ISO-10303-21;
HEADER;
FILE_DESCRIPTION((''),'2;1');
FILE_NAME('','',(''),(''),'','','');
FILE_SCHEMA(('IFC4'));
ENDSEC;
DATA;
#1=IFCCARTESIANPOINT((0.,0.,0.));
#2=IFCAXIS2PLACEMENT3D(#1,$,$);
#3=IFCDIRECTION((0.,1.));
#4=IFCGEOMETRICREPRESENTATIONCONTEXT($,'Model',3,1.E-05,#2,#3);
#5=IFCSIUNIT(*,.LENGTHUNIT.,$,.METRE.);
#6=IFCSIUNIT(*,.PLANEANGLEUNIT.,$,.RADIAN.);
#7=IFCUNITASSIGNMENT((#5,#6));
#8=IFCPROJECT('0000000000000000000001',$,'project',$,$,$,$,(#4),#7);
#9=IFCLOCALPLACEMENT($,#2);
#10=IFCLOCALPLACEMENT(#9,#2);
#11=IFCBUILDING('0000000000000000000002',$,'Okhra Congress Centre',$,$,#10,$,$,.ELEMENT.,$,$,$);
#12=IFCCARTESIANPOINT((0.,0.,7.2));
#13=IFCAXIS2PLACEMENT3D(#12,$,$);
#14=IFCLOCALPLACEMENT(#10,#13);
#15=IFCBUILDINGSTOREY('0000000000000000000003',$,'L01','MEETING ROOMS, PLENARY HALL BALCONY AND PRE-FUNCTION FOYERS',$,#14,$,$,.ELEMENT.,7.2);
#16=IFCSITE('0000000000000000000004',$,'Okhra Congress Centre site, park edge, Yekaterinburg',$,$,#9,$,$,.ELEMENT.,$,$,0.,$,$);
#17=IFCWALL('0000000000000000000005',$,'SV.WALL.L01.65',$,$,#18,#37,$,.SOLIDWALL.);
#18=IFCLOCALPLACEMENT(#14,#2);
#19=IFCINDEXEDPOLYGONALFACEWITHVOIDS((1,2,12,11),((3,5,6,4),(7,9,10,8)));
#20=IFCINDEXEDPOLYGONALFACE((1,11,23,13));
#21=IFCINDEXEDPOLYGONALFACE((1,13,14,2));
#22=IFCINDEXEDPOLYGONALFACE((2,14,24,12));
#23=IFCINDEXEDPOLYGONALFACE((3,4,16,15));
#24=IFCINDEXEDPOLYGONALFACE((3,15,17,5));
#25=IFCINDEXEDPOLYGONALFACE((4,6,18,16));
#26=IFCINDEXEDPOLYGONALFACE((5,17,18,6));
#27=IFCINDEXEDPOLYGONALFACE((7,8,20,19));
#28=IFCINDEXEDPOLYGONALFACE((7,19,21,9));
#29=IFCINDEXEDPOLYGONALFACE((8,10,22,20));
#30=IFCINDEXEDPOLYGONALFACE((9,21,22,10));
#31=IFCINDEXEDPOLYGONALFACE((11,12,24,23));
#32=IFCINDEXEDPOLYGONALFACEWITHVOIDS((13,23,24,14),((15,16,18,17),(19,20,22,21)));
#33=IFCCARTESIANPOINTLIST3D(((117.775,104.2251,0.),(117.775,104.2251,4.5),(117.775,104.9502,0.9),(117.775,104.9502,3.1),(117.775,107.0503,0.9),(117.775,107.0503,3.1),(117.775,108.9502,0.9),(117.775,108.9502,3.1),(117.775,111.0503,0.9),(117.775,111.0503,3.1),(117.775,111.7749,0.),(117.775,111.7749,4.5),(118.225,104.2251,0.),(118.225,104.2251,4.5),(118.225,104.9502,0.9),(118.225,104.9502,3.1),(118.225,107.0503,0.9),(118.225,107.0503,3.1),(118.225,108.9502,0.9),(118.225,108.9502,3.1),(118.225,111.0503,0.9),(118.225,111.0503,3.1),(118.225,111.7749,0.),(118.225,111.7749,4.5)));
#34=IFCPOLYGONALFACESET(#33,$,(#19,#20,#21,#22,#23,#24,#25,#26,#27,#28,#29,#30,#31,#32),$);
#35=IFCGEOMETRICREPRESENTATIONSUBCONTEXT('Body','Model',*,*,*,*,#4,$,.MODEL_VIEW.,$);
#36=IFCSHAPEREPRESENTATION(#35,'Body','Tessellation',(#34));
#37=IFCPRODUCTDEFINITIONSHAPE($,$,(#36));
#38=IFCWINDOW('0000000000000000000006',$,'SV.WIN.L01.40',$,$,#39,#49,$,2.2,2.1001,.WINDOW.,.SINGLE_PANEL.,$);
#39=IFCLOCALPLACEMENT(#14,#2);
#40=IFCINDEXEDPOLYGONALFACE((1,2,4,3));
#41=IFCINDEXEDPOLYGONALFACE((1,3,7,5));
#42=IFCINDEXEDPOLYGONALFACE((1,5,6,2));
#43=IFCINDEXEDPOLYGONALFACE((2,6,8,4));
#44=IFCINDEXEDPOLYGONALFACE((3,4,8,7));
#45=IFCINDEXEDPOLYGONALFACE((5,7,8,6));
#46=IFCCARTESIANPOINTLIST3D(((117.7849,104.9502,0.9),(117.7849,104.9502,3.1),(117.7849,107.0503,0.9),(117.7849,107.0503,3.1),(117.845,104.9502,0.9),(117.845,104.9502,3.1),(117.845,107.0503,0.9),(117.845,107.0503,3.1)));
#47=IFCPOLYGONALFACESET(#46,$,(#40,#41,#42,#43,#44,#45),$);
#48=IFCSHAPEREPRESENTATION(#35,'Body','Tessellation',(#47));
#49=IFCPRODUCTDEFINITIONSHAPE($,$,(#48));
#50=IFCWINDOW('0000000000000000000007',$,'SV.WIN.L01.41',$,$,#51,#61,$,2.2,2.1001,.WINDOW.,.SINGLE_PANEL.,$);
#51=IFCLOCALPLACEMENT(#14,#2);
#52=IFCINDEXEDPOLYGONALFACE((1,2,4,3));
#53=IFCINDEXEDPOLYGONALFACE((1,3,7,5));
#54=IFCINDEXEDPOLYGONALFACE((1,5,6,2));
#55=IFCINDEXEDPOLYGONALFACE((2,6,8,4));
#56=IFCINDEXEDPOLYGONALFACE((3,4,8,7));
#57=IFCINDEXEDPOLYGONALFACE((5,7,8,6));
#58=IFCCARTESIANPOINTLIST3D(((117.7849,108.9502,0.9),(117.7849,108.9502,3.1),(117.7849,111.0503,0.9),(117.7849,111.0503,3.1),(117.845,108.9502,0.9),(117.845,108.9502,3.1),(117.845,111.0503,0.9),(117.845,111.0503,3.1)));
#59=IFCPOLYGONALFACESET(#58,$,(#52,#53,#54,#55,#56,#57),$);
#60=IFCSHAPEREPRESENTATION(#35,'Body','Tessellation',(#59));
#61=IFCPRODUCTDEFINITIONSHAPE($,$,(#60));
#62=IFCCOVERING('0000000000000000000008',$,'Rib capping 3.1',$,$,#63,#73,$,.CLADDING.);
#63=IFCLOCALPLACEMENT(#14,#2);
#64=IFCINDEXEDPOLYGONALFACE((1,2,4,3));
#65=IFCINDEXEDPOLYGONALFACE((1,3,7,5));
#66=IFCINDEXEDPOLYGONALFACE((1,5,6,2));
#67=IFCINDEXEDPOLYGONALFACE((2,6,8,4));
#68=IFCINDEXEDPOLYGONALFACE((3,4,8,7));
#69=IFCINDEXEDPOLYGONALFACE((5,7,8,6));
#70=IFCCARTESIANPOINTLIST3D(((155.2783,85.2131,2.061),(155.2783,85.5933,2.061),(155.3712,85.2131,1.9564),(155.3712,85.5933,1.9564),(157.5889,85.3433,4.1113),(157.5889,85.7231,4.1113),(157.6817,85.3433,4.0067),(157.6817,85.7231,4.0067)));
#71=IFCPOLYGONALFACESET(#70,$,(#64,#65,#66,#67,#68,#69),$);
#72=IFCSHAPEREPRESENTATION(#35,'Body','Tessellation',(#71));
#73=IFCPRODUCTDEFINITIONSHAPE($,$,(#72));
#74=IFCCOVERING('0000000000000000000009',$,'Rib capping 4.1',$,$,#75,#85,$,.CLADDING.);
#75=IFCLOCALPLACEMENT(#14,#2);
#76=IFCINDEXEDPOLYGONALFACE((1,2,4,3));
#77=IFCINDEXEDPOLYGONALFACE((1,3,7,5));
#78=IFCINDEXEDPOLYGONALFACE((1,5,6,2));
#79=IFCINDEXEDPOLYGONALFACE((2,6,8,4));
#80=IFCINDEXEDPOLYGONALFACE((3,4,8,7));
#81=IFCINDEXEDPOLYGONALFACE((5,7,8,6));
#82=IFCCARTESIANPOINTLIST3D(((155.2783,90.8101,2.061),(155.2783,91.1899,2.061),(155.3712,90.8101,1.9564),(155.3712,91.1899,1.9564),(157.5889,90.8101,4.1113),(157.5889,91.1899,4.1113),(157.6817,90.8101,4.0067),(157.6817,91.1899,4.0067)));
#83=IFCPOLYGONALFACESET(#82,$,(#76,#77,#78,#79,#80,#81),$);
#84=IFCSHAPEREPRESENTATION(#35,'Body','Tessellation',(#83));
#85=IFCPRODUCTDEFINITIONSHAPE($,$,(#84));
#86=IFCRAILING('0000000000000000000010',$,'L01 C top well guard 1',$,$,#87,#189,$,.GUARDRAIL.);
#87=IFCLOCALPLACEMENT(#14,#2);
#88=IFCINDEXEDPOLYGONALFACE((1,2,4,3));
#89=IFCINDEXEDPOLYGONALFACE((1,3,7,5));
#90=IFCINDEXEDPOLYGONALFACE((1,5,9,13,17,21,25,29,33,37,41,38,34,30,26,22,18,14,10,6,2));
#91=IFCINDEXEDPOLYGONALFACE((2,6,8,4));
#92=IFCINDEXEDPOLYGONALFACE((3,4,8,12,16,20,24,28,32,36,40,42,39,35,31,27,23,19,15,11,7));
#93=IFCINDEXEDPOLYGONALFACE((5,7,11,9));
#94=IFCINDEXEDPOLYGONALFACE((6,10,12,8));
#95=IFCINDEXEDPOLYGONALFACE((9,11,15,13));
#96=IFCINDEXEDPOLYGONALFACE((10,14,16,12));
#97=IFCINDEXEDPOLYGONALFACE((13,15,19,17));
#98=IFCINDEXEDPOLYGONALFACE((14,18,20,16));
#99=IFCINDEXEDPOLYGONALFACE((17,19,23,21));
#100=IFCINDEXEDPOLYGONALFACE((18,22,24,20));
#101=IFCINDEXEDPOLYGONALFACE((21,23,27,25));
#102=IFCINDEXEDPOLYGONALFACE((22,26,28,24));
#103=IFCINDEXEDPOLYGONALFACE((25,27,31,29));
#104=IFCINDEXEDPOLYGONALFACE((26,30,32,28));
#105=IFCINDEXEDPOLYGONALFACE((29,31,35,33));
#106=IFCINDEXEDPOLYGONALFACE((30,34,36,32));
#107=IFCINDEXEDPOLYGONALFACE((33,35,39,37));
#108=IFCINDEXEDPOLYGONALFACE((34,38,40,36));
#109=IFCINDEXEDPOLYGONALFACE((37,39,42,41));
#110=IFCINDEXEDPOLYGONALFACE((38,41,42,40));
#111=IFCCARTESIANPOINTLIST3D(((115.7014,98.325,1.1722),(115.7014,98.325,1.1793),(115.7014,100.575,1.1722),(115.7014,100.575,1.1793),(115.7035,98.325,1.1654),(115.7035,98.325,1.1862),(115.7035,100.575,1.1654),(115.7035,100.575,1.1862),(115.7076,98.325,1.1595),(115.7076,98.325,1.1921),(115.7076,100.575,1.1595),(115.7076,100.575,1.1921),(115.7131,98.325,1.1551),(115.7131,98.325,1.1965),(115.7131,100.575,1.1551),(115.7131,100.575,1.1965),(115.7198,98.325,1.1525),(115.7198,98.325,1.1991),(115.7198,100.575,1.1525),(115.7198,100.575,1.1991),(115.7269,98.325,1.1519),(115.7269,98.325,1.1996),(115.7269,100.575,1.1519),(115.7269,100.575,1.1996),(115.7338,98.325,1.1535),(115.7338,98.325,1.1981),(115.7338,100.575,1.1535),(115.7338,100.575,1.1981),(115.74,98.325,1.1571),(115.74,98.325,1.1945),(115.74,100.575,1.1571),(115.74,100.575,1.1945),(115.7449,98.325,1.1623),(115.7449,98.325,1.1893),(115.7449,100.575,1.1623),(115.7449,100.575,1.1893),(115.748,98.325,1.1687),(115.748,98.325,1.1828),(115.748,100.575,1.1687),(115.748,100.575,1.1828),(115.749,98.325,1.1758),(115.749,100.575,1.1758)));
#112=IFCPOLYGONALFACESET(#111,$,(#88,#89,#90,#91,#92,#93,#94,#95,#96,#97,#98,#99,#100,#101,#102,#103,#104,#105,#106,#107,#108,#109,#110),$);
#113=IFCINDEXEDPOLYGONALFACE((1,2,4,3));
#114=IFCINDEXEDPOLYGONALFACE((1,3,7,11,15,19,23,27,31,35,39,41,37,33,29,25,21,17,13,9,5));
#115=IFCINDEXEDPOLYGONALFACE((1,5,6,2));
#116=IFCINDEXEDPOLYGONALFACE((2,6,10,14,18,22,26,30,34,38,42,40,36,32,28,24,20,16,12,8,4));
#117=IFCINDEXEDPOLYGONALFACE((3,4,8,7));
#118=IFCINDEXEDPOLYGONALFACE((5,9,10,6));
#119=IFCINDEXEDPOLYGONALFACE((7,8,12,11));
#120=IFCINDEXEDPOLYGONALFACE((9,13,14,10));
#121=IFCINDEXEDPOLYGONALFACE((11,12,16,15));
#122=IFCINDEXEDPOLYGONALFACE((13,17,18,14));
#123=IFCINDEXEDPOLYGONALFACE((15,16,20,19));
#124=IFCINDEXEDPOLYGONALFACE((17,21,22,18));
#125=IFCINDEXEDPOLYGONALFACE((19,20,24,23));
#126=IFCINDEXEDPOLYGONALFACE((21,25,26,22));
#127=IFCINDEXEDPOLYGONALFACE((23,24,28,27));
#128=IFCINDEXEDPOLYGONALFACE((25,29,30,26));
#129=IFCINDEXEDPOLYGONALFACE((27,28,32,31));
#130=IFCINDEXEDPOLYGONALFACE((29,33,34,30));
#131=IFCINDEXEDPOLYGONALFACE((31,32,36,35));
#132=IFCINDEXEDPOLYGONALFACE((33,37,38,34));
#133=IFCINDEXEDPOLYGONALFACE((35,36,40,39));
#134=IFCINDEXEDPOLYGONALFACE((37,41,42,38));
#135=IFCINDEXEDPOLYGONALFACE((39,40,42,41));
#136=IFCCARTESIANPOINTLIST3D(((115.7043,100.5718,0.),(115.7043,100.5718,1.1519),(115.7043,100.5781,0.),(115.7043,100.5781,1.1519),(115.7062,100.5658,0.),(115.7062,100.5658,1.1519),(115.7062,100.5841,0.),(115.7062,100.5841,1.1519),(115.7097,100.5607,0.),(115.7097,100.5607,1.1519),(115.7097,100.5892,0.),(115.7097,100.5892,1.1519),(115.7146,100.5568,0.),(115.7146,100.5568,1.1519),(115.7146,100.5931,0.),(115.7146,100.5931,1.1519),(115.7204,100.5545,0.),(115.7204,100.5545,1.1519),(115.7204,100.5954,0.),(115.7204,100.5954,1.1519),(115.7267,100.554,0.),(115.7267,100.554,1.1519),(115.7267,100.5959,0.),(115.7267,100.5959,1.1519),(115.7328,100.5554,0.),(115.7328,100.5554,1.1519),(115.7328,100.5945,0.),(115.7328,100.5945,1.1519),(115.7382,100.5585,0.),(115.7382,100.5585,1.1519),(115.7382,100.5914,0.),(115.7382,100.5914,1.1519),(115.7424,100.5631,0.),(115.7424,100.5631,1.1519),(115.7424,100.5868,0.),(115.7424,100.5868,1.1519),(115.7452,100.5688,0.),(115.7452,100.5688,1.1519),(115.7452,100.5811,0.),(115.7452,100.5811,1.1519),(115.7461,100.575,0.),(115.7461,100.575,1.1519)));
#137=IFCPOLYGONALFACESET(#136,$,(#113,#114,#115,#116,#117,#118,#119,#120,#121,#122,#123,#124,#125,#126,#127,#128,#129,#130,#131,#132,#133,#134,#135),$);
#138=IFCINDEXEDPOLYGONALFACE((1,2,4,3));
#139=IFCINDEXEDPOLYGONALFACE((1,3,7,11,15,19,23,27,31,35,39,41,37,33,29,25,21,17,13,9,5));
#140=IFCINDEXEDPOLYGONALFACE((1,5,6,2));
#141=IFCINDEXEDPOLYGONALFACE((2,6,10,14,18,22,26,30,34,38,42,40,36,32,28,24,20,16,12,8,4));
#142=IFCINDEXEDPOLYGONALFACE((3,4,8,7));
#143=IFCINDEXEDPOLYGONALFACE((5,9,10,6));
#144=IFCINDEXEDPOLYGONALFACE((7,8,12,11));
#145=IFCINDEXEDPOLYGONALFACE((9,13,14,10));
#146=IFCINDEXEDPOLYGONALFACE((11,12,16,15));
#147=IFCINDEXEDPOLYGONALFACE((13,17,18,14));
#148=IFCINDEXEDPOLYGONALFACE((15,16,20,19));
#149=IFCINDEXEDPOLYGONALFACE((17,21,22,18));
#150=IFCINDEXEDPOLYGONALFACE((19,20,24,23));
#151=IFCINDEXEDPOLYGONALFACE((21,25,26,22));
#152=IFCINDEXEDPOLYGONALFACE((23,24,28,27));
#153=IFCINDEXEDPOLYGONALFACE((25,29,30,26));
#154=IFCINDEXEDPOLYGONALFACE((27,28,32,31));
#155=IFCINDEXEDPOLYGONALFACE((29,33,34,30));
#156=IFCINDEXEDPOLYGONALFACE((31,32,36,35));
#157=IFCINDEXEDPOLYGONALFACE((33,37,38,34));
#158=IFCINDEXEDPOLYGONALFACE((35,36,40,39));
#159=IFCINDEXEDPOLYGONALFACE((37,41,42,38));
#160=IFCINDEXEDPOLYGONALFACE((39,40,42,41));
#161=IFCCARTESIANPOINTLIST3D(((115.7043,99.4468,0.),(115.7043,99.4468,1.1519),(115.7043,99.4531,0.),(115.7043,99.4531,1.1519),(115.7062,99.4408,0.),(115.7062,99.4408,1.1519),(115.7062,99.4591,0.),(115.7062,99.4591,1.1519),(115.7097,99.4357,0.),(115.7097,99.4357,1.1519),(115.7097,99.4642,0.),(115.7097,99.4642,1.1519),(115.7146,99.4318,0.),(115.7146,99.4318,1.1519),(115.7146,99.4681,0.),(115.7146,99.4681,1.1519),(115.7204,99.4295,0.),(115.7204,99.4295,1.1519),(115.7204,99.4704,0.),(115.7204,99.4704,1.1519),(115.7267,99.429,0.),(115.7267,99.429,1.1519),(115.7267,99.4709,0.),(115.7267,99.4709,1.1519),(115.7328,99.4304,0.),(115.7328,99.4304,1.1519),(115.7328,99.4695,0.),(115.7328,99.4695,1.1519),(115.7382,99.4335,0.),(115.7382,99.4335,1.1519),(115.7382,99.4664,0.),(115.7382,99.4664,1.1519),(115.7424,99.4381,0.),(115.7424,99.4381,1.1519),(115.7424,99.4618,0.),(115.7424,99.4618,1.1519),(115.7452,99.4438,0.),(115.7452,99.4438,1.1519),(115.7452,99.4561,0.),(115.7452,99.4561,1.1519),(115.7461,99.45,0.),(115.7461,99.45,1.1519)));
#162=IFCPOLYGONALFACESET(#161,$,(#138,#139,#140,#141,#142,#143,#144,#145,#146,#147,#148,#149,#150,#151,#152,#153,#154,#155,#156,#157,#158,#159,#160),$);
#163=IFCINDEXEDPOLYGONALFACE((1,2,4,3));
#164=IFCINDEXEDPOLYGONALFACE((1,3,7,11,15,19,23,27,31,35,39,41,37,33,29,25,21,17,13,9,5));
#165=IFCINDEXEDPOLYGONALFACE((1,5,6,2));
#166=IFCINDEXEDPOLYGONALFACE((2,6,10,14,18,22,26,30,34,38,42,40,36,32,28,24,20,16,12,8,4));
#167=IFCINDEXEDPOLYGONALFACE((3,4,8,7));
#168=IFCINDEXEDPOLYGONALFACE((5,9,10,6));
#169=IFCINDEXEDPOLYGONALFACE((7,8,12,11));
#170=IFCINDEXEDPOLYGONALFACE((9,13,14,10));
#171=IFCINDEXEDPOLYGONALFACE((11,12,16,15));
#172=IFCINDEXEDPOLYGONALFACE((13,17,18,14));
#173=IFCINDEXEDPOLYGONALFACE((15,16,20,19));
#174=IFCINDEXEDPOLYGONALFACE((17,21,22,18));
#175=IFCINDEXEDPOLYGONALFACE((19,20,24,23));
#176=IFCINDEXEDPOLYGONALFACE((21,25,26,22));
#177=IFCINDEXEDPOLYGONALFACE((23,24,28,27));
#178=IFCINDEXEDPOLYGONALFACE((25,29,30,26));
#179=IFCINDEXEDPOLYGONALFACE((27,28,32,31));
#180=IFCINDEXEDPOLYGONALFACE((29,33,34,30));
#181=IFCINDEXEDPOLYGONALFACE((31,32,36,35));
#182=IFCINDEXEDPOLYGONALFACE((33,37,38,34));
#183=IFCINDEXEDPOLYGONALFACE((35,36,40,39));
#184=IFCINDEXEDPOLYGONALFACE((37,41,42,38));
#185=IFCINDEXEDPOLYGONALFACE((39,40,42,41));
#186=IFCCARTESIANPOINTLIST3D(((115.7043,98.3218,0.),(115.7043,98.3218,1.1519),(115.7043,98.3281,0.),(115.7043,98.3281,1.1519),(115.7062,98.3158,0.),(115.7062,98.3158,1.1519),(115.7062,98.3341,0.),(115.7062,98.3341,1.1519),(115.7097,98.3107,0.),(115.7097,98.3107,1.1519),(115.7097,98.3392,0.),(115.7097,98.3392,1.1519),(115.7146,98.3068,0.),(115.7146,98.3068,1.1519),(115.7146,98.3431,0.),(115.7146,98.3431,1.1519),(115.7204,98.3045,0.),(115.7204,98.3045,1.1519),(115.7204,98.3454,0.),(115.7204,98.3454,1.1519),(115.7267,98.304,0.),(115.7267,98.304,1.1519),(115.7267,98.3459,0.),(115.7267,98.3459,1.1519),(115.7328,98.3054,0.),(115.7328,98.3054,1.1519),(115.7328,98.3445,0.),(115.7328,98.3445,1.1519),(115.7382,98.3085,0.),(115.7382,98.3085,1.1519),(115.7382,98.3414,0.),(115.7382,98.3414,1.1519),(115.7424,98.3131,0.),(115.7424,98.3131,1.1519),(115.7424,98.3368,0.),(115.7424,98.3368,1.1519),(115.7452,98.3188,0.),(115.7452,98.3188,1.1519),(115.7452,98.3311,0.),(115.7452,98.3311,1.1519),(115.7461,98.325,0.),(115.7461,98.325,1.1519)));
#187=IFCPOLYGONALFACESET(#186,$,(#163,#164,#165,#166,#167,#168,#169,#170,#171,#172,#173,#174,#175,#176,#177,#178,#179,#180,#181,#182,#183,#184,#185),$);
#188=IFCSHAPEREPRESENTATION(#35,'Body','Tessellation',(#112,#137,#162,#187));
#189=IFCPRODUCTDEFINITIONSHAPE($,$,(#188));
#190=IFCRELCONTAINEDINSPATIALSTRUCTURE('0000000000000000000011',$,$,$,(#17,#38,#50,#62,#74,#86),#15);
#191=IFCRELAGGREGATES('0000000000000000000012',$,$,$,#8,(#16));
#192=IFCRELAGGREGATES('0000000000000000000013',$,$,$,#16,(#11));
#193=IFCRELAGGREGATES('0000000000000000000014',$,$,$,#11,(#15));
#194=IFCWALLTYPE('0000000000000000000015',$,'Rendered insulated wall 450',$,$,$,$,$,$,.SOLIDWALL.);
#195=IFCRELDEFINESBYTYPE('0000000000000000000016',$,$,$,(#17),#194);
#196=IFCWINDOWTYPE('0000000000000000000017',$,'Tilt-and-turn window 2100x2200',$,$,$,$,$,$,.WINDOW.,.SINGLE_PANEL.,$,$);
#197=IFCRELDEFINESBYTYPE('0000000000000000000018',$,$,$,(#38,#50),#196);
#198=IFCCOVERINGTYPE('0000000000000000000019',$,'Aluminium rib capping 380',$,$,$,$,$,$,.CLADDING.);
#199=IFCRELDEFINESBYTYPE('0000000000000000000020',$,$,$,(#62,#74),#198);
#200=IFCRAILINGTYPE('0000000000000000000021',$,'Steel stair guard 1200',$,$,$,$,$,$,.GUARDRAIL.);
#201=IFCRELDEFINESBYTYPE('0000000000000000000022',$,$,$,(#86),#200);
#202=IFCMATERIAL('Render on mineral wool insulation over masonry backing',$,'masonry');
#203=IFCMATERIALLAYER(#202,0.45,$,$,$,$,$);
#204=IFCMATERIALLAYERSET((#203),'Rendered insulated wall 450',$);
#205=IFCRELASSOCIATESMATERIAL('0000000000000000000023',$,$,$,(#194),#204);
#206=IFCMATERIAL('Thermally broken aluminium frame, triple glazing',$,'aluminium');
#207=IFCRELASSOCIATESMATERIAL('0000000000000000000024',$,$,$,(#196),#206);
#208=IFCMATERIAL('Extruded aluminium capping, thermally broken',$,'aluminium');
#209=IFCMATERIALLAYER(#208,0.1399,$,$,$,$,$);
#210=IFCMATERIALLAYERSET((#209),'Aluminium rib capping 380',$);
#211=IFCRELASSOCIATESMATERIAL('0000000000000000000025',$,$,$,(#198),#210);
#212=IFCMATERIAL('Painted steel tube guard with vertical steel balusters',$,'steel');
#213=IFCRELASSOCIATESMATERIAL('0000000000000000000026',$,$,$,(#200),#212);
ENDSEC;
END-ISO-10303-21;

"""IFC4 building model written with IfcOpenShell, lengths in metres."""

from ifc_helpers import new_model, si_unit, direction, frame, frame_2d, origin, origin_2d, place, context, subcontext, project, spatial, polyline, rectangle, circle, outline, extrude, material, layer, layer_set, type_object, element, fill, save


model = new_model("IFC4")

# Units and contexts
model_context = context("Model", 3, precision=1e-05, world=origin(), true_north=direction((0.0, 1.0)))
body_context = subcontext(model_context, "Body", "Model", "MODEL_VIEW")
ifc_project = project(units=[si_unit("LENGTHUNIT", "METRE"), si_unit("PLANEANGLEUNIT", "RADIAN")], contexts=[model_context])

# Site, building, storey
site_placement = place(None, origin())
site = spatial("IfcSite", under=ifc_project, at=site_placement, Name="Okhra Congress Centre site, park edge, Yekaterinburg", CompositionType="ELEMENT", RefElevation=0.0)
building_placement = place(site_placement, origin())
building = spatial("IfcBuilding", under=site, at=building_placement, Name="Okhra Congress Centre", CompositionType="ELEMENT")
storey_placement = place(building_placement, frame((0.0, 0.0, 7.2)))
storey = spatial("IfcBuildingStorey", under=building, at=storey_placement, Name="L01", Description="MEETING ROOMS, PLENARY HALL BALCONY AND PRE-FUNCTION FOYERS", CompositionType="ELEMENT", Elevation=7.2)

# Wall, openings, windows
ifc_material_1 = material(Name="Render on mineral wool insulation over masonry backing", Category="masonry")
ifc_layer_1 = layer(ifc_material_1, 0.45)
ifc_layer_set_1 = layer_set([ifc_layer_1], Name="Rendered insulated wall 450")
wall_type_1 = type_object("IfcWallType", Name="Rendered insulated wall 450", PredefinedType="SOLIDWALL", material=ifc_layer_set_1)
wall_1_placement = place(storey_placement, frame((118.0, 104.2251, 0.0), z_axis=(0.0, 0.0, 1.0), x_axis=(0.0, 1.0, 0.0)))
wall_1 = element("IfcWall", 1, at=wall_1_placement, inside=storey, type_object=wall_type_1, Name="SV.WALL.L01.65", PredefinedType="SOLIDWALL", context=body_context, shape_type="SweptSolid", body=[
    extrude(rectangle(XDim=7.5498, YDim=0.45, at=frame_2d((3.7749, 0.0))), origin(), (0.0, 0.0, 1.0), 4.5),
])
opening_1_placement = place(wall_1_placement, frame((0.7251, 0.0, 0.8999)))
opening_1 = element("IfcOpeningElement", 2, at=opening_1_placement, cuts=wall_1, PredefinedType="OPENING", context=body_context, shape_type="SweptSolid", body=[
    extrude(rectangle(XDim=2.1001, YDim=2.2, at=frame_2d((1.05, 1.1001))), frame((0.0, 0.2349, 0.0), z_axis=(0.0, -1.0, 0.0), x_axis=(1.0, 0.0, 0.0)), (0.0, 0.0, 1.0), 0.47),
])
opening_2_placement = place(wall_1_placement, frame((4.7251, 0.0, 0.8999)))
opening_2 = element("IfcOpeningElement", 3, at=opening_2_placement, cuts=wall_1, PredefinedType="OPENING", context=body_context, shape_type="SweptSolid", body=[
    extrude(rectangle(XDim=2.1001, YDim=2.2, at=frame_2d((1.05, 1.1001))), frame((0.0, 0.2349, 0.0), z_axis=(0.0, -1.0, 0.0), x_axis=(1.0, 0.0, 0.0)), (0.0, 0.0, 1.0), 0.47),
])
ifc_material_2 = material(Name="Thermally broken aluminium frame, triple glazing", Category="aluminium")
window_type = type_object("IfcWindowType", Name="Tilt-and-turn window 2100x2200", PartitioningType="SINGLE_PANEL", PredefinedType="WINDOW", material=ifc_material_2)
window_1_placement = place(opening_1_placement, origin())
window_1 = element("IfcWindow", 4, at=window_1_placement, inside=storey, type_object=window_type, Name="SV.WIN.L01.40", OverallHeight=2.2, OverallWidth=2.1001, PartitioningType="SINGLE_PANEL", PredefinedType="WINDOW", context=body_context, shape_type="SweptSolid", body=[
    extrude(rectangle(XDim=2.1001, YDim=2.2, at=frame_2d((1.05, 1.1001))), frame((0.0, 0.2151, 0.0), z_axis=(0.0, -1.0, 0.0), x_axis=(1.0, 0.0, 0.0)), (0.0, 0.0, 1.0), 0.0601),
])
fill(opening_1, window_1)
window_2_placement = place(opening_2_placement, origin())
window_2 = element("IfcWindow", 5, at=window_2_placement, inside=storey, type_object=window_type, Name="SV.WIN.L01.41", OverallHeight=2.2, OverallWidth=2.1001, PartitioningType="SINGLE_PANEL", PredefinedType="WINDOW", context=body_context, shape_type="SweptSolid", body=[
    extrude(rectangle(XDim=2.1001, YDim=2.2, at=frame_2d((1.05, 1.1001))), frame((0.0, 0.2151, 0.0), z_axis=(0.0, -1.0, 0.0), x_axis=(1.0, 0.0, 0.0)), (0.0, 0.0, 1.0), 0.0601),
])
fill(opening_2, window_2)

# Coverings
ifc_material_3 = material(Name="Extruded aluminium capping, thermally broken", Category="aluminium")
ifc_layer_2 = layer(ifc_material_3, 0.1399)
ifc_layer_set_2 = layer_set([ifc_layer_2], Name="Aluminium rib capping 380")
covering_type = type_object("IfcCoveringType", Name="Aluminium rib capping 380", PredefinedType="CLADDING", material=ifc_layer_set_2)
covering_1_placement = place(storey_placement, frame((155.2783, 85.2131, 2.061), z_axis=(-0.663726, 0.0, 0.747976), x_axis=(0.747313, 0.042088, 0.663138)))
element("IfcCovering", 6, at=covering_1_placement, inside=storey, type_object=covering_type, Name="Rib capping 3.1", PredefinedType="CLADDING", context=body_context, shape_type="SweptSolid", body=[
    extrude(outline(polyline([(0.0, 0.0), (3.0918, 0.0), (3.1078, 0.3795), (0.016, 0.3798), (0.0, 0.0)])), origin(), (0.0, 0.0, -1.0), 0.1399),
])
covering_2_placement = place(storey_placement, frame((155.2783, 90.8101, 2.061), z_axis=(-0.663726, 0.0, 0.747976), x_axis=(0.747976, 0.0, 0.663726)))
element("IfcCovering", 7, at=covering_2_placement, inside=storey, type_object=covering_type, Name="Rib capping 4.1", PredefinedType="CLADDING", context=body_context, shape_type="SweptSolid", body=[
    extrude(outline(polyline([(0.0, 0.0), (3.0891, 0.0), (3.0891, 0.3799), (0.0, 0.3799), (0.0, 0.0)])), origin(), (0.0, 0.0, -1.0), 0.1399),
])

# Railing
ifc_material_4 = material(Name="Painted steel tube guard with vertical steel balusters", Category="steel")
railing_type = type_object("IfcRailingType", Name="Steel stair guard 1200", PredefinedType="GUARDRAIL", material=ifc_material_4)
railing_placement = place(storey_placement, frame((115.7251, 100.575, 0.0)))
element("IfcRailing", 8, at=railing_placement, inside=storey, type_object=railing_type, Name="L01 C top well guard 1", PredefinedType="GUARDRAIL", context=body_context, shape_type="SweptSolid", body=[
    extrude(circle(Radius=0.0239, at=origin_2d()), frame((0.0, 0.0, 1.1758), z_axis=(0.0, -1.0, 0.0), x_axis=(1.0, 0.0, 0.0)), (0.0, 0.0, 1.0), 2.25),
    extrude(circle(Radius=0.021, at=origin_2d()), origin(), (0.0, 0.0, 1.0), 1.1519),
    extrude(circle(Radius=0.021, at=origin_2d()), frame((0.0, -1.125, 0.0)), (0.0, 0.0, 1.0), 1.1519),
    extrude(circle(Radius=0.021, at=origin_2d()), frame((0.0, -2.25, 0.0)), (0.0, 0.0, 1.0), 1.1519),
])

save(model, "model.ifc")
